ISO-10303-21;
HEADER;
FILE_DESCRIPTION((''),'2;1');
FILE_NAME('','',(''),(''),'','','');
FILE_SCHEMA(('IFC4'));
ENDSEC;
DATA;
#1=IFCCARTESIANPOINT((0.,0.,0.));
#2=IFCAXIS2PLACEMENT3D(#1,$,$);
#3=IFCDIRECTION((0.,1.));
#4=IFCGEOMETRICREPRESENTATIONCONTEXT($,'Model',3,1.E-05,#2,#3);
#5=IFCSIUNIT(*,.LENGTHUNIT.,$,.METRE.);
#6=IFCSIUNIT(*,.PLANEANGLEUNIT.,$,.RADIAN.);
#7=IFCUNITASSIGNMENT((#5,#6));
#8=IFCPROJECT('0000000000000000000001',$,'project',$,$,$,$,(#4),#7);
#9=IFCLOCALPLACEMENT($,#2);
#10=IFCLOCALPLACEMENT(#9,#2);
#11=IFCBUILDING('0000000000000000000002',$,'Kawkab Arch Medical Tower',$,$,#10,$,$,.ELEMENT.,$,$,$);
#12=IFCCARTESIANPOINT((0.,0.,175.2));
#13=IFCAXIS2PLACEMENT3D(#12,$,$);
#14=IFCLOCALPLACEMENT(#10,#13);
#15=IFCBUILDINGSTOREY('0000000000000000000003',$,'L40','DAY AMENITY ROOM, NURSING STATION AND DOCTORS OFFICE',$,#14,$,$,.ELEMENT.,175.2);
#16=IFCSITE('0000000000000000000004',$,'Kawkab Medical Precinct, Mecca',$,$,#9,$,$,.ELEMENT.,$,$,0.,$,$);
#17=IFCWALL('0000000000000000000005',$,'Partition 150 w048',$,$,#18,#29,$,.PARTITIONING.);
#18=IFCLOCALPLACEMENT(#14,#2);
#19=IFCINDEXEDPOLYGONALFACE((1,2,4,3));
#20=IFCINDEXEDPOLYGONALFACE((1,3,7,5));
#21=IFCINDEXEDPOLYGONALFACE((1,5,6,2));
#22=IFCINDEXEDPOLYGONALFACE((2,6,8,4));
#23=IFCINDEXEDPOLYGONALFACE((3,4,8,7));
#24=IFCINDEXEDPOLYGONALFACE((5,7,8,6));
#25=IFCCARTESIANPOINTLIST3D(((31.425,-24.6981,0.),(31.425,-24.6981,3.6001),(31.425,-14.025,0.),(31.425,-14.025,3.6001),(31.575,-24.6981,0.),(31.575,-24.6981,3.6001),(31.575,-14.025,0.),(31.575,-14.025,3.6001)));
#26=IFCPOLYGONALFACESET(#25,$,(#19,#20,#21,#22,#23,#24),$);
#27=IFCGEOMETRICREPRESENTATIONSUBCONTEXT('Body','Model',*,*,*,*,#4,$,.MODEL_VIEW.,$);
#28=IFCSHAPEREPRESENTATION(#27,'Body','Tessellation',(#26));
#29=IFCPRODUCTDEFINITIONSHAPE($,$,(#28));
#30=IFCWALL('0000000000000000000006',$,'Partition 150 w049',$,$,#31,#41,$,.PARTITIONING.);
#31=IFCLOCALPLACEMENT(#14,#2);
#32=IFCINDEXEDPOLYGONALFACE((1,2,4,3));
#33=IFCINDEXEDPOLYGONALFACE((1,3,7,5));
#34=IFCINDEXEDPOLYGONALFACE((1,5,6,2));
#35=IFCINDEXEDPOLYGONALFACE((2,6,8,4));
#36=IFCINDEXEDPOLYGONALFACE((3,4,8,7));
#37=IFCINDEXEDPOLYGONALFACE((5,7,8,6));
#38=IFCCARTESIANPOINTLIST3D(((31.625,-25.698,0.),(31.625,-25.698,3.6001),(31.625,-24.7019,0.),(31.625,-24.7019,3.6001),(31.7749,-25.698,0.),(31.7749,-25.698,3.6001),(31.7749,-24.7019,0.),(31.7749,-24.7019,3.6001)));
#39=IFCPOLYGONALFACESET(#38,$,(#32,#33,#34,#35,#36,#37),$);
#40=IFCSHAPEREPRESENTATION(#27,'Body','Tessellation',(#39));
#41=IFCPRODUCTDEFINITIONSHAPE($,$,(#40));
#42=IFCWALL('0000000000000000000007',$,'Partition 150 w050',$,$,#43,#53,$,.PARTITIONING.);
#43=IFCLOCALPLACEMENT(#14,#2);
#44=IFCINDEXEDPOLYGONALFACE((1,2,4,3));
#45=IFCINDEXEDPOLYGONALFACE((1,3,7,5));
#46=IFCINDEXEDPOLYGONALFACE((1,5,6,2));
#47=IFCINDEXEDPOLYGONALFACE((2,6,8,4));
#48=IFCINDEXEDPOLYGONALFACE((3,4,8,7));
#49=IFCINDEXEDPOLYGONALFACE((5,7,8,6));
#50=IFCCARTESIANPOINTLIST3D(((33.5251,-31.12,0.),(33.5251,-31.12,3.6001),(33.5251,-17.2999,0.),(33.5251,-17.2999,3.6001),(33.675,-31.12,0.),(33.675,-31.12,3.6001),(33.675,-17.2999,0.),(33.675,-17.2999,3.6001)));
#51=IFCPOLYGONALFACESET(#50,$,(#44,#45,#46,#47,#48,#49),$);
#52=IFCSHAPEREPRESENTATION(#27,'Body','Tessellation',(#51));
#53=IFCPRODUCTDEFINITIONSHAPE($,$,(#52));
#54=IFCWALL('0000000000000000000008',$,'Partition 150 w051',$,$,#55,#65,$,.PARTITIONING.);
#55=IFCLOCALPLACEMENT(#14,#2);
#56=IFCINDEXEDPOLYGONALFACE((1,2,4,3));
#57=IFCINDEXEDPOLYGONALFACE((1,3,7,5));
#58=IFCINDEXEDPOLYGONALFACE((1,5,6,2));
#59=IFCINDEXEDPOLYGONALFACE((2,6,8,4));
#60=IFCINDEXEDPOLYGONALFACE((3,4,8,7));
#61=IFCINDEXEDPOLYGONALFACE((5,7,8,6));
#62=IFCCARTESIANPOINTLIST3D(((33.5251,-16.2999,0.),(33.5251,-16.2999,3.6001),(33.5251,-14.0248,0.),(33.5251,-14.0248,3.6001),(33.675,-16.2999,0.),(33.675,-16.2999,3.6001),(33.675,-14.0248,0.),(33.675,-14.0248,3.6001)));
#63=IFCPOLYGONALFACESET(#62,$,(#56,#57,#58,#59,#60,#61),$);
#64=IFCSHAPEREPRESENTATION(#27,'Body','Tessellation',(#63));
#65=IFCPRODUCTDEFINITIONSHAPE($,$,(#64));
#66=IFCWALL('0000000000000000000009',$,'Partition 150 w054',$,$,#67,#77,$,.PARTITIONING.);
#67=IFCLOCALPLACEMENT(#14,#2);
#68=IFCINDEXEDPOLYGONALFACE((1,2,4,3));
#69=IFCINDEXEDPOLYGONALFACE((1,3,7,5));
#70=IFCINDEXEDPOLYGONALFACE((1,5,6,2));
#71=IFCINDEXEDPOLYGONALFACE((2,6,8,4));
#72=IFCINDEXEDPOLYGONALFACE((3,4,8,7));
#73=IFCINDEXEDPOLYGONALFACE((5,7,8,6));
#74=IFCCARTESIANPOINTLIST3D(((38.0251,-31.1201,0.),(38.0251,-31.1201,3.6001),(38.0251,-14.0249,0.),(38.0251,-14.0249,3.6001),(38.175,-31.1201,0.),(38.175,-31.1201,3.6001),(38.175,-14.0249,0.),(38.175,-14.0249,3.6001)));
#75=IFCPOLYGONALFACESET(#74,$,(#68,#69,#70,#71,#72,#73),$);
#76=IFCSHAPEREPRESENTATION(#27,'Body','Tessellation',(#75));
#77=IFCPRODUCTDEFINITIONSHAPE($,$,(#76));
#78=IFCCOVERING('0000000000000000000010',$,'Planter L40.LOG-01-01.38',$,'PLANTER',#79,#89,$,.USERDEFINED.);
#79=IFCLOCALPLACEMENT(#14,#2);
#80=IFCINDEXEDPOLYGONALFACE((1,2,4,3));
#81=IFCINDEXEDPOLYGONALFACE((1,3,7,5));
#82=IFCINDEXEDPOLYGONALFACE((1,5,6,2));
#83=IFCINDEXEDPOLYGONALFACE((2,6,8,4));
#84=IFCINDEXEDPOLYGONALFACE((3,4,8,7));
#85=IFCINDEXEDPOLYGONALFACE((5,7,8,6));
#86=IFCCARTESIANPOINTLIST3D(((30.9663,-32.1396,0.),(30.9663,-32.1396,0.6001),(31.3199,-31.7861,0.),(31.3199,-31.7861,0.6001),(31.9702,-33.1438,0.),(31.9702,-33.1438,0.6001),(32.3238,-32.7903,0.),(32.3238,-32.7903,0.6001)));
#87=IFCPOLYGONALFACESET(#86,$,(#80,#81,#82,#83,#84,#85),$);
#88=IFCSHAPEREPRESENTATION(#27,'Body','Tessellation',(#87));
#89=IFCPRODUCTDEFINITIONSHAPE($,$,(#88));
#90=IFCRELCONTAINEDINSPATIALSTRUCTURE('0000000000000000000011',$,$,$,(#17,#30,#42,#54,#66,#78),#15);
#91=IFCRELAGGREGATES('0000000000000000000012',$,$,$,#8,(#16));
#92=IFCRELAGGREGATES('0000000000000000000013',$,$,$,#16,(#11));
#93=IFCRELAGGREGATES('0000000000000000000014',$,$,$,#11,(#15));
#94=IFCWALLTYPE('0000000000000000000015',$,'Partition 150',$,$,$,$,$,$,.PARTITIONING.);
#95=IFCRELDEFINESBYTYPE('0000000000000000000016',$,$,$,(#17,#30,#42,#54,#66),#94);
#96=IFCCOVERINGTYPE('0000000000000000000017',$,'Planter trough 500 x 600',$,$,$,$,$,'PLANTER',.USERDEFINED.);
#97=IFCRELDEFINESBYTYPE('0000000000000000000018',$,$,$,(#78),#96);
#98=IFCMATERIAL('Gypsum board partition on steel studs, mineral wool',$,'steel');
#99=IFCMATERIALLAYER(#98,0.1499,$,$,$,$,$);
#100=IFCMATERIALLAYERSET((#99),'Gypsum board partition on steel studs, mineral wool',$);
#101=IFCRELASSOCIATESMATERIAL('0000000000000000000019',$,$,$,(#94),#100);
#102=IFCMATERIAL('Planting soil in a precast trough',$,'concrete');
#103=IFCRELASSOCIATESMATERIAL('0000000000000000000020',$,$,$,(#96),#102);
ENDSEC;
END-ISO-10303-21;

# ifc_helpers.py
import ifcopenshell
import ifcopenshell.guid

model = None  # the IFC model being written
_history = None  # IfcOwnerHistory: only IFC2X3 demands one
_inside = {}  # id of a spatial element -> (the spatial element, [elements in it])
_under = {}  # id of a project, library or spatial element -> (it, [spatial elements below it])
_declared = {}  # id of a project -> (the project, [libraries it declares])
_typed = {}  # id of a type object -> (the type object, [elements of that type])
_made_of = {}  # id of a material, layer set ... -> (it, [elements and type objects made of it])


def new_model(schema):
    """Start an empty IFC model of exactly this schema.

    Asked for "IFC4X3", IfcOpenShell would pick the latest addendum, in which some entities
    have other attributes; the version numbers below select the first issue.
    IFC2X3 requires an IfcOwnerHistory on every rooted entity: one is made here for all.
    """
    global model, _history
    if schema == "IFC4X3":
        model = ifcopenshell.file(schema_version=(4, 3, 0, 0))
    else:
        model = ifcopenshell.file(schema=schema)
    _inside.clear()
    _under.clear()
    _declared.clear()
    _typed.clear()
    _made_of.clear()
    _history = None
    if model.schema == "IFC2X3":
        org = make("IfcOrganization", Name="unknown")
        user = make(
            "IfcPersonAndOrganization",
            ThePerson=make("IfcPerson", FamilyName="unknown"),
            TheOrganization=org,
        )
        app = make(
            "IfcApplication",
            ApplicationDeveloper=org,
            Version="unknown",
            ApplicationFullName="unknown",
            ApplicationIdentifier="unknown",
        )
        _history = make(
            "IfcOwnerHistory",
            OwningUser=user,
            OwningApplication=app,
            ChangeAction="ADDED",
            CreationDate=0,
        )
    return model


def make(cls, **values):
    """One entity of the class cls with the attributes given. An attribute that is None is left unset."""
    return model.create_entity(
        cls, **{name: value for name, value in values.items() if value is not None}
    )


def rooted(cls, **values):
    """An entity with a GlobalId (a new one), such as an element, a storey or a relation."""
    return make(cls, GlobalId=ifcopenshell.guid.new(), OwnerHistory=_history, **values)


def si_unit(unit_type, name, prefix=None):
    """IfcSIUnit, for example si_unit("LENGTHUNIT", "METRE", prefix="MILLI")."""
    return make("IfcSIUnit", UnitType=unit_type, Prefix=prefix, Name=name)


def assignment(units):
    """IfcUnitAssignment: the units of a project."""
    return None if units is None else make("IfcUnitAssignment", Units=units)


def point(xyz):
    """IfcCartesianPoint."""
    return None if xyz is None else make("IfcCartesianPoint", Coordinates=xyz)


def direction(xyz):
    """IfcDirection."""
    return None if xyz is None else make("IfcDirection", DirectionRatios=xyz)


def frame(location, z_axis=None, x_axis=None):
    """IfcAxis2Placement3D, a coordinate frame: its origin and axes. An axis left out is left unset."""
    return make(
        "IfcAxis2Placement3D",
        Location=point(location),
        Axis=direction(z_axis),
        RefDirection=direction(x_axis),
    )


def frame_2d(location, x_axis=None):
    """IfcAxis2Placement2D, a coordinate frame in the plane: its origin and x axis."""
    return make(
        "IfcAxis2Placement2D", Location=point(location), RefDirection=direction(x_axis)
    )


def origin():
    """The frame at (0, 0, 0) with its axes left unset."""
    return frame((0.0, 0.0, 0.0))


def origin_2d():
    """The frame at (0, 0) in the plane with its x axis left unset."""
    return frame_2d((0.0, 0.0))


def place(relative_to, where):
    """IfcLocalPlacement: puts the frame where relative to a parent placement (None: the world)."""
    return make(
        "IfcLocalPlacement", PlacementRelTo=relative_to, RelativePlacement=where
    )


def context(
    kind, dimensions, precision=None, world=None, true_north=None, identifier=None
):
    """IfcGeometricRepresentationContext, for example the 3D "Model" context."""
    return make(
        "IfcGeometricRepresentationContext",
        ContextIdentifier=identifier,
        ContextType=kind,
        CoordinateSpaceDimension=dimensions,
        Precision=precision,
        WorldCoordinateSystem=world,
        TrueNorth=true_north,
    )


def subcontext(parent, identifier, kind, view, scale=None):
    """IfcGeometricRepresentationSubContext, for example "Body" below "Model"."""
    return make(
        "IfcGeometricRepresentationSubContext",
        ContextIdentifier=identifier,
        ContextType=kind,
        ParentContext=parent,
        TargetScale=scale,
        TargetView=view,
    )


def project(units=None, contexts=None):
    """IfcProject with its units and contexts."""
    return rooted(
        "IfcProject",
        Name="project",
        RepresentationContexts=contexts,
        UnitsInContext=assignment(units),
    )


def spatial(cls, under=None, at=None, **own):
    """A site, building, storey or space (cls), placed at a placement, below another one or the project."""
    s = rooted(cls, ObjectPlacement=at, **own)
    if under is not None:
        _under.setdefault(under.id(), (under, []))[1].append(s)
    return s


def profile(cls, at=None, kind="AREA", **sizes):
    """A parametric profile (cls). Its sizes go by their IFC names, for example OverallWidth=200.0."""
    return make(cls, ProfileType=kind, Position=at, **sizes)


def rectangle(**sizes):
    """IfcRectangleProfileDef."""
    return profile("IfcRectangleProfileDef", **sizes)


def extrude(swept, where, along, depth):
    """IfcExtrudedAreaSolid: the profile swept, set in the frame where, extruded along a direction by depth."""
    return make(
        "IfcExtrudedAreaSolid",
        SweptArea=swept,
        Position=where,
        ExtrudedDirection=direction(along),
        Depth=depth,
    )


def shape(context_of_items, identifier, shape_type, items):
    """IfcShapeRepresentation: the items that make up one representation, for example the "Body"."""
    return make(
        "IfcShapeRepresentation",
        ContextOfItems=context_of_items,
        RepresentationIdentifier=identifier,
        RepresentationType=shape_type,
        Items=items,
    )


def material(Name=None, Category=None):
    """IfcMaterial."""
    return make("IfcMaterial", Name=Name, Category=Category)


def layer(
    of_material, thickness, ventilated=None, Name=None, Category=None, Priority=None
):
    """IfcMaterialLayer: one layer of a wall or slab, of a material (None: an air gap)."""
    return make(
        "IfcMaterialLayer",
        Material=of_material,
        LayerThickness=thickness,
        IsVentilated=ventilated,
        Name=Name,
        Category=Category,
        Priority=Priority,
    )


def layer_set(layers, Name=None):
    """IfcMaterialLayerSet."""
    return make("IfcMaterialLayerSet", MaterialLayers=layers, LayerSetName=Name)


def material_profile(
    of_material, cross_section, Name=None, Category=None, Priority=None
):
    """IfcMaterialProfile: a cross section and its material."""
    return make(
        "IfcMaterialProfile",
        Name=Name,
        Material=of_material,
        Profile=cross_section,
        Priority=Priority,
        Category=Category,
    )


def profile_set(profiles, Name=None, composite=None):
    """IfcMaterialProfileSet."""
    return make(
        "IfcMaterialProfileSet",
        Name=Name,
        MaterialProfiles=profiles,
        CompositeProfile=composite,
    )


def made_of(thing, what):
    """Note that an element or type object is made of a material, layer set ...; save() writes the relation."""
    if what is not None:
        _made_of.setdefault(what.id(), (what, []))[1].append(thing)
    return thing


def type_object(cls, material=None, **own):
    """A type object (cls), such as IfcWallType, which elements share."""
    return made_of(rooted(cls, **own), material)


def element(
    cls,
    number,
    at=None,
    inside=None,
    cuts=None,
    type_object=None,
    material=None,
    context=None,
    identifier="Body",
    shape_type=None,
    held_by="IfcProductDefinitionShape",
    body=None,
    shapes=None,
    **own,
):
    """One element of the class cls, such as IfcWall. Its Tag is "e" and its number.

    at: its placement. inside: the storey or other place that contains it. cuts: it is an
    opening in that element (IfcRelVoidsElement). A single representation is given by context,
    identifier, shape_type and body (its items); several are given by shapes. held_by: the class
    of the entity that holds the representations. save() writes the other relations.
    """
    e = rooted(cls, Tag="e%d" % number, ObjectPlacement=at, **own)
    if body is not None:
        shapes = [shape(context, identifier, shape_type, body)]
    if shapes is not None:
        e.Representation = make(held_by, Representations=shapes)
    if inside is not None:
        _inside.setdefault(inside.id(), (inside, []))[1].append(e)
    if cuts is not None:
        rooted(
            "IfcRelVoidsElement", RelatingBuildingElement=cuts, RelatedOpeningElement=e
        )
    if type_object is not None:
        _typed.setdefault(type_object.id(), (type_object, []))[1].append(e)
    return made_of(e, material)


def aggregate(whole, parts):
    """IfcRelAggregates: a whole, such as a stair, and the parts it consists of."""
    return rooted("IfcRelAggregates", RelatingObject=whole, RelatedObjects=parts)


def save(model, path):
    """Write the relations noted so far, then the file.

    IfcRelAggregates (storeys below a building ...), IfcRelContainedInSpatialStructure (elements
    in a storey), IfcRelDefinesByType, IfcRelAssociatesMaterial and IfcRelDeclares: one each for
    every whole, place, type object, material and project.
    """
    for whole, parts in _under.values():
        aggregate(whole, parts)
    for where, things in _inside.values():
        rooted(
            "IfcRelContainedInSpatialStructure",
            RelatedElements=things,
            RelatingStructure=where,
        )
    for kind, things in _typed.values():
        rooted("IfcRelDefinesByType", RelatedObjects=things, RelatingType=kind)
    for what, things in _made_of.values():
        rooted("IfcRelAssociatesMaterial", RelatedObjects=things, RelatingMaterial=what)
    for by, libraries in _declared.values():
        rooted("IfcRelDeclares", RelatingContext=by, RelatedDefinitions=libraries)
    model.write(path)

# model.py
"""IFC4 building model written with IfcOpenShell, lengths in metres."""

from ifc_helpers import new_model, si_unit, direction, frame, frame_2d, origin, origin_2d, place, context, subcontext, project, spatial, rectangle, extrude, material, layer, layer_set, material_profile, profile_set, type_object, element, save


model = new_model("IFC4")

# Units and contexts
model_context = context("Model", 3, precision=1e-05, world=origin(), true_north=direction((0.0, 1.0)))
body_context = subcontext(model_context, "Body", "Model", "MODEL_VIEW")
ifc_project = project(units=[si_unit("LENGTHUNIT", "METRE"), si_unit("PLANEANGLEUNIT", "RADIAN")], contexts=[model_context])

# Site, building, storey
site_placement = place(None, origin())
site = spatial("IfcSite", under=ifc_project, at=site_placement, Name="Kawkab Medical Precinct, Mecca", CompositionType="ELEMENT", RefElevation=0.0)
building_placement = place(site_placement, origin())
building = spatial("IfcBuilding", under=site, at=building_placement, Name="Kawkab Arch Medical Tower", CompositionType="ELEMENT")
storey_placement = place(building_placement, frame((0.0, 0.0, 175.2)))
storey = spatial("IfcBuildingStorey", under=building, at=storey_placement, Name="L40", Description="DAY AMENITY ROOM, NURSING STATION AND DOCTORS OFFICE", CompositionType="ELEMENT", Elevation=175.2)

# Walls
ifc_material_1 = material(Name="Gypsum board partition on steel studs, mineral wool", Category="steel")
ifc_layer_1 = layer(ifc_material_1, 0.1499)
ifc_layer_set_1 = layer_set([ifc_layer_1], Name="Gypsum board partition on steel studs, mineral wool")
wall_type_1 = type_object("IfcWallType", Name="Partition 150", PredefinedType="PARTITIONING", material=ifc_layer_set_1)
wall_1_placement = place(storey_placement, frame((31.5, -24.698, 0.0), z_axis=(0.0, 0.0, 1.0), x_axis=(0.0, 1.0, 0.0)))
element("IfcWall", 1, at=wall_1_placement, inside=storey, type_object=wall_type_1, Name="Partition 150 w048", PredefinedType="PARTITIONING", context=body_context, shape_type="SweptSolid", body=[
    extrude(rectangle(XDim=10.6731, YDim=0.1499, at=frame_2d((5.3364, 0.0))), origin(), (0.0, 0.0, 1.0), 3.6001),
])
wall_2_placement = place(storey_placement, frame((31.7, -25.698, 0.0), z_axis=(0.0, 0.0, 1.0), x_axis=(0.0, 1.0, 0.0)))
element("IfcWall", 2, at=wall_2_placement, inside=storey, type_object=wall_type_1, Name="Partition 150 w049", PredefinedType="PARTITIONING", context=body_context, shape_type="SweptSolid", body=[
    extrude(rectangle(XDim=0.9961, YDim=0.1499, at=frame_2d((0.498, 0.0))), origin(), (0.0, 0.0, 1.0), 3.6001),
])
wall_3_placement = place(storey_placement, frame((33.6001, -31.1201, 0.0), z_axis=(0.0, 0.0, 1.0), x_axis=(0.0, 1.0, 0.0)))
element("IfcWall", 3, at=wall_3_placement, inside=storey, type_object=wall_type_1, Name="Partition 150 w050", PredefinedType="PARTITIONING", context=body_context, shape_type="SweptSolid", body=[
    extrude(rectangle(XDim=13.8201, YDim=0.1499, at=frame_2d((6.9102, 0.0))), origin(), (0.0, 0.0, 1.0), 3.6001),
])
wall_4_placement = place(storey_placement, frame((33.6001, -16.3, 0.0), z_axis=(0.0, 0.0, 1.0), x_axis=(0.0, 1.0, 0.0)))
element("IfcWall", 4, at=wall_4_placement, inside=storey, type_object=wall_type_1, Name="Partition 150 w051", PredefinedType="PARTITIONING", context=body_context, shape_type="SweptSolid", body=[
    extrude(rectangle(XDim=2.2751, YDim=0.1499, at=frame_2d((1.1377, 0.0))), origin(), (0.0, 0.0, 1.0), 3.6001),
])
wall_5_placement = place(storey_placement, frame((38.1001, -31.1201, 0.0), z_axis=(0.0, 0.0, 1.0), x_axis=(0.0, 1.0, 0.0)))
element("IfcWall", 5, at=wall_5_placement, inside=storey, type_object=wall_type_1, Name="Partition 150 w054", PredefinedType="PARTITIONING", context=body_context, shape_type="SweptSolid", body=[
    extrude(rectangle(XDim=17.0952, YDim=0.1499, at=frame_2d((8.5476, 0.0))), origin(), (0.0, 0.0, 1.0), 3.6001),
])

# Covering
ifc_material_2 = material(Name="Planting soil in a precast trough", Category="concrete")
ifc_material_profile_1 = material_profile(ifc_material_2, rectangle(XDim=0.5, YDim=0.6001, at=origin_2d()), Name="Trough 500x600")
ifc_profile_set_1 = profile_set([ifc_material_profile_1], Name="Planting soil in a precast trough")
covering_type = type_object("IfcCoveringType", Name="Planter trough 500 x 600", ElementType="PLANTER", PredefinedType="USERDEFINED", material=ifc_profile_set_1)
covering_placement = place(storey_placement, frame((31.1431, -31.9629, 0.3), z_axis=(0.707021, -0.707193, 0.0), x_axis=(0.707193, 0.707021, 0.0)))
element("IfcCovering", 6, at=covering_placement, inside=storey, type_object=covering_type, Name="Planter L40.LOG-01-01.38", ObjectType="PLANTER", PredefinedType="USERDEFINED", context=body_context, shape_type="SweptSolid", body=[
    extrude(rectangle(XDim=0.5, YDim=0.6001, at=origin_2d()), origin(), (0.0, 0.0, 1.0), 1.4199),
])

save(model, "model.ifc")
